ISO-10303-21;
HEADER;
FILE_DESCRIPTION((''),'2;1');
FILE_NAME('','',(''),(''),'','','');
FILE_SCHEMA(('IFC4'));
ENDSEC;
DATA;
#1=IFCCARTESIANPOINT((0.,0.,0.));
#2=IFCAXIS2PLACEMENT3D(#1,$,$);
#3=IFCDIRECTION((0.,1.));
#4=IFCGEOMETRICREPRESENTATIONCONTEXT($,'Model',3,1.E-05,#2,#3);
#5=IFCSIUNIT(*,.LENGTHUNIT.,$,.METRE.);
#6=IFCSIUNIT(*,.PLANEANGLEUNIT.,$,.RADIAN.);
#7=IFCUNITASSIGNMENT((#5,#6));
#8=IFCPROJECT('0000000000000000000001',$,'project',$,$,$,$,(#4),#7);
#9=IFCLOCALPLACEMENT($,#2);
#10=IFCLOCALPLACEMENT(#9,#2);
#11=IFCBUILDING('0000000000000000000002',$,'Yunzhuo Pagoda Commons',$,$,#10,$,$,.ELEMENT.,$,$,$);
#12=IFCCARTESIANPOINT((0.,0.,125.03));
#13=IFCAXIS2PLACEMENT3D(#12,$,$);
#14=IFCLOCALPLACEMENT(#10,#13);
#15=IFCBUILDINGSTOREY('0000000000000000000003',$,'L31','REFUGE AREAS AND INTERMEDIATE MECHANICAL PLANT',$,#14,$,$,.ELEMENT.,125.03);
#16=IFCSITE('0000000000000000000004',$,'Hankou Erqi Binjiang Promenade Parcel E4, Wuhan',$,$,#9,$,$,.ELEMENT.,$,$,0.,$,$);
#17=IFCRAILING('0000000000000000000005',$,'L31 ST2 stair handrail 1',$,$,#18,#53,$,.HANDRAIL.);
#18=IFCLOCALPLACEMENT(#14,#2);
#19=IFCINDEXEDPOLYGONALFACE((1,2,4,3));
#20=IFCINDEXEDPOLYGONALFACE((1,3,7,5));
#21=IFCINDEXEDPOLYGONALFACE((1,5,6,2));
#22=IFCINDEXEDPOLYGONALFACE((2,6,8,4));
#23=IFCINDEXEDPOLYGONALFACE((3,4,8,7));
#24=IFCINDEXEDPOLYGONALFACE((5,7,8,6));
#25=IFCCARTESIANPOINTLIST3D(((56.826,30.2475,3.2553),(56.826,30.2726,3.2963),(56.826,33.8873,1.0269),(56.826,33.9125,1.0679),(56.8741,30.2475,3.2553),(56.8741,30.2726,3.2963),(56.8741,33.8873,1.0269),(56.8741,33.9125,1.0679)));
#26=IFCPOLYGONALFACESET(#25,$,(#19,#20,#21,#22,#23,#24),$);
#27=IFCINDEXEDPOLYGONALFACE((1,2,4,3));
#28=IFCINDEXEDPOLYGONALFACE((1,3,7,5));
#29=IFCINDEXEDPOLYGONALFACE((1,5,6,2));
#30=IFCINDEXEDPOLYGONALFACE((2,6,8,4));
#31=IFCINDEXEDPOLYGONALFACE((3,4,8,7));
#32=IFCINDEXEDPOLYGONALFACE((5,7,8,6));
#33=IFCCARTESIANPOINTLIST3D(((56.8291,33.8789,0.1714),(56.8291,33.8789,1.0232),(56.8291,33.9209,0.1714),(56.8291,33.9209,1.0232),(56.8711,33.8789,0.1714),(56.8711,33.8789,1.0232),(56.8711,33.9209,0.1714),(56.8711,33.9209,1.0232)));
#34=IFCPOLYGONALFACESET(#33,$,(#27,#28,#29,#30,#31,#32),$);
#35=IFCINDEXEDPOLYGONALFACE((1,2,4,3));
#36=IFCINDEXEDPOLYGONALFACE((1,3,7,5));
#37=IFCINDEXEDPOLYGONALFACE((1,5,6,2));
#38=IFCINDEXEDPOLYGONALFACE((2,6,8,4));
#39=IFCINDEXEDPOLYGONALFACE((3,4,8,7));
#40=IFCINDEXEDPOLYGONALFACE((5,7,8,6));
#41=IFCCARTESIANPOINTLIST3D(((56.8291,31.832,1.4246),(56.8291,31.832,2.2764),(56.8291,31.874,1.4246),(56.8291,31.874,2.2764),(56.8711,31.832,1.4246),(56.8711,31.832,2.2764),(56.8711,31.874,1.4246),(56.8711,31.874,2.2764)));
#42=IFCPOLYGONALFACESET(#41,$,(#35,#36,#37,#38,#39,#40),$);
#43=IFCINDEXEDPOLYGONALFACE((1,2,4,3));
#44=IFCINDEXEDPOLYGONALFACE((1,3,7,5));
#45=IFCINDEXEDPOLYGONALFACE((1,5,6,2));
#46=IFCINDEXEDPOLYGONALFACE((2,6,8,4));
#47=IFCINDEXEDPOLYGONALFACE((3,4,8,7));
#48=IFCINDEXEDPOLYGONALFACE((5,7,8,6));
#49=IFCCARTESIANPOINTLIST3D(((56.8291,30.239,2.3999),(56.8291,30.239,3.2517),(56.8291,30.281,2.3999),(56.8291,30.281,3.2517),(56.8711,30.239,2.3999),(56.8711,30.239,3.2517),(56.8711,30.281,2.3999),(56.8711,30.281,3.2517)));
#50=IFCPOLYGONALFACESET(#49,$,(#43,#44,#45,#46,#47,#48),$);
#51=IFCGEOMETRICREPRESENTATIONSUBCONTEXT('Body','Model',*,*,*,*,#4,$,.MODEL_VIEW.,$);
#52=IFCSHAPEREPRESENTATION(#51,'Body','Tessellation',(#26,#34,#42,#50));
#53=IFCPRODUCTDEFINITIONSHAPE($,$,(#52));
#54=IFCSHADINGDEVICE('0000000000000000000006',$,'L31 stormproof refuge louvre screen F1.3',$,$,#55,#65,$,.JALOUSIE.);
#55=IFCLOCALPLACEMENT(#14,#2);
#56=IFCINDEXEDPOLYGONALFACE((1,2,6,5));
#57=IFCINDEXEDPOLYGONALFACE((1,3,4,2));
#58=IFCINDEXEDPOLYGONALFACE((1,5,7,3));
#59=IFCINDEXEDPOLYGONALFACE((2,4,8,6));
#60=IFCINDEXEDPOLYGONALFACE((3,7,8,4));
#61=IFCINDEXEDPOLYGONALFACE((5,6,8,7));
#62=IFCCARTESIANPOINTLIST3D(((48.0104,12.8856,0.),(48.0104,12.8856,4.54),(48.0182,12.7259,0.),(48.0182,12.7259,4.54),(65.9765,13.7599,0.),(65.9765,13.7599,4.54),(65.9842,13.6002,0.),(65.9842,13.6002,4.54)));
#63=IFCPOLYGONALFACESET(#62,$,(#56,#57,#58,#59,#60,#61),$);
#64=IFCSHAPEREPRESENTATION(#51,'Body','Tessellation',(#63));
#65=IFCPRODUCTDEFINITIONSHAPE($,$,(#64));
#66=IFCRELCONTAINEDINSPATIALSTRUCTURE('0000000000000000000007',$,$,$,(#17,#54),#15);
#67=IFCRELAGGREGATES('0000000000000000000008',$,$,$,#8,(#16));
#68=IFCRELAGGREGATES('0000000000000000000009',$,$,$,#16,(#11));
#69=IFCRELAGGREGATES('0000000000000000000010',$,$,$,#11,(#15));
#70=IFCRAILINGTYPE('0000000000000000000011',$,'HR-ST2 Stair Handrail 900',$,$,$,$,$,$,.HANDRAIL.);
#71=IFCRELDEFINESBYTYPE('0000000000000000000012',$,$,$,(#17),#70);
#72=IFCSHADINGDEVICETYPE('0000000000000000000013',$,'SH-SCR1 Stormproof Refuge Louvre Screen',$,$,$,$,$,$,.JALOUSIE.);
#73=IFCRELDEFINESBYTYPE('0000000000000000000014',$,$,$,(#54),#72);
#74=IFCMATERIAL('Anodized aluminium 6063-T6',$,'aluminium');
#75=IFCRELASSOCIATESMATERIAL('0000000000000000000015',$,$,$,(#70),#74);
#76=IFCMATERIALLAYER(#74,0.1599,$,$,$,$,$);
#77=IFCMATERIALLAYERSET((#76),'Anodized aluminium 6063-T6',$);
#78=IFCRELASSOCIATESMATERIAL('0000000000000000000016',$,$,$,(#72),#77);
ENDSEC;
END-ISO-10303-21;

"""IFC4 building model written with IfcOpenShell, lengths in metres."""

from ifc_helpers import new_model, si_unit, direction, frame, origin, origin_2d, place, context, subcontext, project, spatial, rectangle, extrude, source, transform, mapped, material, layer, layer_set, type_object, element, save


model = new_model("IFC4")

# Units and contexts
model_context = context("Model", 3, precision=1e-05, world=origin(), true_north=direction((0.0, 1.0)))
body_context = subcontext(model_context, "Body", "Model", "MODEL_VIEW")
ifc_project = project(units=[si_unit("LENGTHUNIT", "METRE"), si_unit("PLANEANGLEUNIT", "RADIAN")], contexts=[model_context])

# Site, building, storey
site_placement = place(None, origin())
site = spatial("IfcSite", under=ifc_project, at=site_placement, Name="Hankou Erqi Binjiang Promenade Parcel E4, Wuhan", CompositionType="ELEMENT", RefElevation=0.0)
building_placement = place(site_placement, origin())
building = spatial("IfcBuilding", under=site, at=building_placement, Name="Yunzhuo Pagoda Commons", CompositionType="ELEMENT")
storey_placement = place(building_placement, frame((0.0, 0.0, 125.03)))
storey = spatial("IfcBuildingStorey", under=building, at=storey_placement, Name="L31", Description="REFUGE AREAS AND INTERMEDIATE MECHANICAL PLANT", CompositionType="ELEMENT", Elevation=125.03)

# Railing
ifc_material_1 = material(Name="Anodized aluminium 6063-T6", Category="aluminium")
railing_type = type_object("IfcRailingType", Name="HR-ST2 Stair Handrail 900", PredefinedType="HANDRAIL", material=ifc_material_1)
railing_placement = place(storey_placement, frame((56.8501, 33.8999, 0.1714)))
element("IfcRailing", 1, at=railing_placement, inside=storey, type_object=railing_type, Name="L31 ST2 stair handrail 1", PredefinedType="HANDRAIL", context=body_context, shape_type="SweptSolid", body=[
    extrude(rectangle(XDim=0.0481, YDim=0.0481, at=origin_2d()), frame((0.0, 0.0, 0.876), z_axis=(0.0, -0.85285, 0.522156), x_axis=(1.0, 0.0, 0.0)), (0.0, 0.0, 1.0), 4.2678),
    extrude(rectangle(XDim=0.042, YDim=0.042, at=origin_2d()), origin(), (0.0, 0.0, 1.0), 0.8518),
    extrude(rectangle(XDim=0.042, YDim=0.042, at=origin_2d()), frame((0.0, -2.0469, 1.2532)), (0.0, 0.0, 1.0), 0.8518),
    extrude(rectangle(XDim=0.042, YDim=0.042, at=origin_2d()), frame((0.0, -3.6399, 2.2285)), (0.0, 0.0, 1.0), 0.8518),
])

# Shading device
ifc_layer_1 = layer(ifc_material_1, 0.1599)
ifc_layer_set_1 = layer_set([ifc_layer_1], Name="Anodized aluminium 6063-T6")
shading_device_type = type_object("IfcShadingDeviceType", Name="SH-SCR1 Stormproof Refuge Louvre Screen", PredefinedType="JALOUSIE", material=ifc_layer_set_1)
shared_shape_1 = source(origin(), body_context, "Body", "SweptSolid", [
    extrude(rectangle(XDim=17.9873, YDim=0.1599, at=origin_2d()), origin(), (0.0, 0.0, 1.0), 4.54),
])
shading_device_placement = place(storey_placement, frame((56.9973, 13.2429, 0.0), z_axis=(0.0, 0.0, 1.0), x_axis=(0.998818, 0.048606, 0.0)))
element("IfcShadingDevice", 2, at=shading_device_placement, inside=storey, type_object=shading_device_type, Name="L31 stormproof refuge louvre screen F1.3", PredefinedType="JALOUSIE", context=body_context, shape_type="MappedRepresentation", body=[
    mapped(shared_shape_1, transform((0.0, 0.0, 0.0), scale=1.0)),
])

save(model, "model.ifc")
